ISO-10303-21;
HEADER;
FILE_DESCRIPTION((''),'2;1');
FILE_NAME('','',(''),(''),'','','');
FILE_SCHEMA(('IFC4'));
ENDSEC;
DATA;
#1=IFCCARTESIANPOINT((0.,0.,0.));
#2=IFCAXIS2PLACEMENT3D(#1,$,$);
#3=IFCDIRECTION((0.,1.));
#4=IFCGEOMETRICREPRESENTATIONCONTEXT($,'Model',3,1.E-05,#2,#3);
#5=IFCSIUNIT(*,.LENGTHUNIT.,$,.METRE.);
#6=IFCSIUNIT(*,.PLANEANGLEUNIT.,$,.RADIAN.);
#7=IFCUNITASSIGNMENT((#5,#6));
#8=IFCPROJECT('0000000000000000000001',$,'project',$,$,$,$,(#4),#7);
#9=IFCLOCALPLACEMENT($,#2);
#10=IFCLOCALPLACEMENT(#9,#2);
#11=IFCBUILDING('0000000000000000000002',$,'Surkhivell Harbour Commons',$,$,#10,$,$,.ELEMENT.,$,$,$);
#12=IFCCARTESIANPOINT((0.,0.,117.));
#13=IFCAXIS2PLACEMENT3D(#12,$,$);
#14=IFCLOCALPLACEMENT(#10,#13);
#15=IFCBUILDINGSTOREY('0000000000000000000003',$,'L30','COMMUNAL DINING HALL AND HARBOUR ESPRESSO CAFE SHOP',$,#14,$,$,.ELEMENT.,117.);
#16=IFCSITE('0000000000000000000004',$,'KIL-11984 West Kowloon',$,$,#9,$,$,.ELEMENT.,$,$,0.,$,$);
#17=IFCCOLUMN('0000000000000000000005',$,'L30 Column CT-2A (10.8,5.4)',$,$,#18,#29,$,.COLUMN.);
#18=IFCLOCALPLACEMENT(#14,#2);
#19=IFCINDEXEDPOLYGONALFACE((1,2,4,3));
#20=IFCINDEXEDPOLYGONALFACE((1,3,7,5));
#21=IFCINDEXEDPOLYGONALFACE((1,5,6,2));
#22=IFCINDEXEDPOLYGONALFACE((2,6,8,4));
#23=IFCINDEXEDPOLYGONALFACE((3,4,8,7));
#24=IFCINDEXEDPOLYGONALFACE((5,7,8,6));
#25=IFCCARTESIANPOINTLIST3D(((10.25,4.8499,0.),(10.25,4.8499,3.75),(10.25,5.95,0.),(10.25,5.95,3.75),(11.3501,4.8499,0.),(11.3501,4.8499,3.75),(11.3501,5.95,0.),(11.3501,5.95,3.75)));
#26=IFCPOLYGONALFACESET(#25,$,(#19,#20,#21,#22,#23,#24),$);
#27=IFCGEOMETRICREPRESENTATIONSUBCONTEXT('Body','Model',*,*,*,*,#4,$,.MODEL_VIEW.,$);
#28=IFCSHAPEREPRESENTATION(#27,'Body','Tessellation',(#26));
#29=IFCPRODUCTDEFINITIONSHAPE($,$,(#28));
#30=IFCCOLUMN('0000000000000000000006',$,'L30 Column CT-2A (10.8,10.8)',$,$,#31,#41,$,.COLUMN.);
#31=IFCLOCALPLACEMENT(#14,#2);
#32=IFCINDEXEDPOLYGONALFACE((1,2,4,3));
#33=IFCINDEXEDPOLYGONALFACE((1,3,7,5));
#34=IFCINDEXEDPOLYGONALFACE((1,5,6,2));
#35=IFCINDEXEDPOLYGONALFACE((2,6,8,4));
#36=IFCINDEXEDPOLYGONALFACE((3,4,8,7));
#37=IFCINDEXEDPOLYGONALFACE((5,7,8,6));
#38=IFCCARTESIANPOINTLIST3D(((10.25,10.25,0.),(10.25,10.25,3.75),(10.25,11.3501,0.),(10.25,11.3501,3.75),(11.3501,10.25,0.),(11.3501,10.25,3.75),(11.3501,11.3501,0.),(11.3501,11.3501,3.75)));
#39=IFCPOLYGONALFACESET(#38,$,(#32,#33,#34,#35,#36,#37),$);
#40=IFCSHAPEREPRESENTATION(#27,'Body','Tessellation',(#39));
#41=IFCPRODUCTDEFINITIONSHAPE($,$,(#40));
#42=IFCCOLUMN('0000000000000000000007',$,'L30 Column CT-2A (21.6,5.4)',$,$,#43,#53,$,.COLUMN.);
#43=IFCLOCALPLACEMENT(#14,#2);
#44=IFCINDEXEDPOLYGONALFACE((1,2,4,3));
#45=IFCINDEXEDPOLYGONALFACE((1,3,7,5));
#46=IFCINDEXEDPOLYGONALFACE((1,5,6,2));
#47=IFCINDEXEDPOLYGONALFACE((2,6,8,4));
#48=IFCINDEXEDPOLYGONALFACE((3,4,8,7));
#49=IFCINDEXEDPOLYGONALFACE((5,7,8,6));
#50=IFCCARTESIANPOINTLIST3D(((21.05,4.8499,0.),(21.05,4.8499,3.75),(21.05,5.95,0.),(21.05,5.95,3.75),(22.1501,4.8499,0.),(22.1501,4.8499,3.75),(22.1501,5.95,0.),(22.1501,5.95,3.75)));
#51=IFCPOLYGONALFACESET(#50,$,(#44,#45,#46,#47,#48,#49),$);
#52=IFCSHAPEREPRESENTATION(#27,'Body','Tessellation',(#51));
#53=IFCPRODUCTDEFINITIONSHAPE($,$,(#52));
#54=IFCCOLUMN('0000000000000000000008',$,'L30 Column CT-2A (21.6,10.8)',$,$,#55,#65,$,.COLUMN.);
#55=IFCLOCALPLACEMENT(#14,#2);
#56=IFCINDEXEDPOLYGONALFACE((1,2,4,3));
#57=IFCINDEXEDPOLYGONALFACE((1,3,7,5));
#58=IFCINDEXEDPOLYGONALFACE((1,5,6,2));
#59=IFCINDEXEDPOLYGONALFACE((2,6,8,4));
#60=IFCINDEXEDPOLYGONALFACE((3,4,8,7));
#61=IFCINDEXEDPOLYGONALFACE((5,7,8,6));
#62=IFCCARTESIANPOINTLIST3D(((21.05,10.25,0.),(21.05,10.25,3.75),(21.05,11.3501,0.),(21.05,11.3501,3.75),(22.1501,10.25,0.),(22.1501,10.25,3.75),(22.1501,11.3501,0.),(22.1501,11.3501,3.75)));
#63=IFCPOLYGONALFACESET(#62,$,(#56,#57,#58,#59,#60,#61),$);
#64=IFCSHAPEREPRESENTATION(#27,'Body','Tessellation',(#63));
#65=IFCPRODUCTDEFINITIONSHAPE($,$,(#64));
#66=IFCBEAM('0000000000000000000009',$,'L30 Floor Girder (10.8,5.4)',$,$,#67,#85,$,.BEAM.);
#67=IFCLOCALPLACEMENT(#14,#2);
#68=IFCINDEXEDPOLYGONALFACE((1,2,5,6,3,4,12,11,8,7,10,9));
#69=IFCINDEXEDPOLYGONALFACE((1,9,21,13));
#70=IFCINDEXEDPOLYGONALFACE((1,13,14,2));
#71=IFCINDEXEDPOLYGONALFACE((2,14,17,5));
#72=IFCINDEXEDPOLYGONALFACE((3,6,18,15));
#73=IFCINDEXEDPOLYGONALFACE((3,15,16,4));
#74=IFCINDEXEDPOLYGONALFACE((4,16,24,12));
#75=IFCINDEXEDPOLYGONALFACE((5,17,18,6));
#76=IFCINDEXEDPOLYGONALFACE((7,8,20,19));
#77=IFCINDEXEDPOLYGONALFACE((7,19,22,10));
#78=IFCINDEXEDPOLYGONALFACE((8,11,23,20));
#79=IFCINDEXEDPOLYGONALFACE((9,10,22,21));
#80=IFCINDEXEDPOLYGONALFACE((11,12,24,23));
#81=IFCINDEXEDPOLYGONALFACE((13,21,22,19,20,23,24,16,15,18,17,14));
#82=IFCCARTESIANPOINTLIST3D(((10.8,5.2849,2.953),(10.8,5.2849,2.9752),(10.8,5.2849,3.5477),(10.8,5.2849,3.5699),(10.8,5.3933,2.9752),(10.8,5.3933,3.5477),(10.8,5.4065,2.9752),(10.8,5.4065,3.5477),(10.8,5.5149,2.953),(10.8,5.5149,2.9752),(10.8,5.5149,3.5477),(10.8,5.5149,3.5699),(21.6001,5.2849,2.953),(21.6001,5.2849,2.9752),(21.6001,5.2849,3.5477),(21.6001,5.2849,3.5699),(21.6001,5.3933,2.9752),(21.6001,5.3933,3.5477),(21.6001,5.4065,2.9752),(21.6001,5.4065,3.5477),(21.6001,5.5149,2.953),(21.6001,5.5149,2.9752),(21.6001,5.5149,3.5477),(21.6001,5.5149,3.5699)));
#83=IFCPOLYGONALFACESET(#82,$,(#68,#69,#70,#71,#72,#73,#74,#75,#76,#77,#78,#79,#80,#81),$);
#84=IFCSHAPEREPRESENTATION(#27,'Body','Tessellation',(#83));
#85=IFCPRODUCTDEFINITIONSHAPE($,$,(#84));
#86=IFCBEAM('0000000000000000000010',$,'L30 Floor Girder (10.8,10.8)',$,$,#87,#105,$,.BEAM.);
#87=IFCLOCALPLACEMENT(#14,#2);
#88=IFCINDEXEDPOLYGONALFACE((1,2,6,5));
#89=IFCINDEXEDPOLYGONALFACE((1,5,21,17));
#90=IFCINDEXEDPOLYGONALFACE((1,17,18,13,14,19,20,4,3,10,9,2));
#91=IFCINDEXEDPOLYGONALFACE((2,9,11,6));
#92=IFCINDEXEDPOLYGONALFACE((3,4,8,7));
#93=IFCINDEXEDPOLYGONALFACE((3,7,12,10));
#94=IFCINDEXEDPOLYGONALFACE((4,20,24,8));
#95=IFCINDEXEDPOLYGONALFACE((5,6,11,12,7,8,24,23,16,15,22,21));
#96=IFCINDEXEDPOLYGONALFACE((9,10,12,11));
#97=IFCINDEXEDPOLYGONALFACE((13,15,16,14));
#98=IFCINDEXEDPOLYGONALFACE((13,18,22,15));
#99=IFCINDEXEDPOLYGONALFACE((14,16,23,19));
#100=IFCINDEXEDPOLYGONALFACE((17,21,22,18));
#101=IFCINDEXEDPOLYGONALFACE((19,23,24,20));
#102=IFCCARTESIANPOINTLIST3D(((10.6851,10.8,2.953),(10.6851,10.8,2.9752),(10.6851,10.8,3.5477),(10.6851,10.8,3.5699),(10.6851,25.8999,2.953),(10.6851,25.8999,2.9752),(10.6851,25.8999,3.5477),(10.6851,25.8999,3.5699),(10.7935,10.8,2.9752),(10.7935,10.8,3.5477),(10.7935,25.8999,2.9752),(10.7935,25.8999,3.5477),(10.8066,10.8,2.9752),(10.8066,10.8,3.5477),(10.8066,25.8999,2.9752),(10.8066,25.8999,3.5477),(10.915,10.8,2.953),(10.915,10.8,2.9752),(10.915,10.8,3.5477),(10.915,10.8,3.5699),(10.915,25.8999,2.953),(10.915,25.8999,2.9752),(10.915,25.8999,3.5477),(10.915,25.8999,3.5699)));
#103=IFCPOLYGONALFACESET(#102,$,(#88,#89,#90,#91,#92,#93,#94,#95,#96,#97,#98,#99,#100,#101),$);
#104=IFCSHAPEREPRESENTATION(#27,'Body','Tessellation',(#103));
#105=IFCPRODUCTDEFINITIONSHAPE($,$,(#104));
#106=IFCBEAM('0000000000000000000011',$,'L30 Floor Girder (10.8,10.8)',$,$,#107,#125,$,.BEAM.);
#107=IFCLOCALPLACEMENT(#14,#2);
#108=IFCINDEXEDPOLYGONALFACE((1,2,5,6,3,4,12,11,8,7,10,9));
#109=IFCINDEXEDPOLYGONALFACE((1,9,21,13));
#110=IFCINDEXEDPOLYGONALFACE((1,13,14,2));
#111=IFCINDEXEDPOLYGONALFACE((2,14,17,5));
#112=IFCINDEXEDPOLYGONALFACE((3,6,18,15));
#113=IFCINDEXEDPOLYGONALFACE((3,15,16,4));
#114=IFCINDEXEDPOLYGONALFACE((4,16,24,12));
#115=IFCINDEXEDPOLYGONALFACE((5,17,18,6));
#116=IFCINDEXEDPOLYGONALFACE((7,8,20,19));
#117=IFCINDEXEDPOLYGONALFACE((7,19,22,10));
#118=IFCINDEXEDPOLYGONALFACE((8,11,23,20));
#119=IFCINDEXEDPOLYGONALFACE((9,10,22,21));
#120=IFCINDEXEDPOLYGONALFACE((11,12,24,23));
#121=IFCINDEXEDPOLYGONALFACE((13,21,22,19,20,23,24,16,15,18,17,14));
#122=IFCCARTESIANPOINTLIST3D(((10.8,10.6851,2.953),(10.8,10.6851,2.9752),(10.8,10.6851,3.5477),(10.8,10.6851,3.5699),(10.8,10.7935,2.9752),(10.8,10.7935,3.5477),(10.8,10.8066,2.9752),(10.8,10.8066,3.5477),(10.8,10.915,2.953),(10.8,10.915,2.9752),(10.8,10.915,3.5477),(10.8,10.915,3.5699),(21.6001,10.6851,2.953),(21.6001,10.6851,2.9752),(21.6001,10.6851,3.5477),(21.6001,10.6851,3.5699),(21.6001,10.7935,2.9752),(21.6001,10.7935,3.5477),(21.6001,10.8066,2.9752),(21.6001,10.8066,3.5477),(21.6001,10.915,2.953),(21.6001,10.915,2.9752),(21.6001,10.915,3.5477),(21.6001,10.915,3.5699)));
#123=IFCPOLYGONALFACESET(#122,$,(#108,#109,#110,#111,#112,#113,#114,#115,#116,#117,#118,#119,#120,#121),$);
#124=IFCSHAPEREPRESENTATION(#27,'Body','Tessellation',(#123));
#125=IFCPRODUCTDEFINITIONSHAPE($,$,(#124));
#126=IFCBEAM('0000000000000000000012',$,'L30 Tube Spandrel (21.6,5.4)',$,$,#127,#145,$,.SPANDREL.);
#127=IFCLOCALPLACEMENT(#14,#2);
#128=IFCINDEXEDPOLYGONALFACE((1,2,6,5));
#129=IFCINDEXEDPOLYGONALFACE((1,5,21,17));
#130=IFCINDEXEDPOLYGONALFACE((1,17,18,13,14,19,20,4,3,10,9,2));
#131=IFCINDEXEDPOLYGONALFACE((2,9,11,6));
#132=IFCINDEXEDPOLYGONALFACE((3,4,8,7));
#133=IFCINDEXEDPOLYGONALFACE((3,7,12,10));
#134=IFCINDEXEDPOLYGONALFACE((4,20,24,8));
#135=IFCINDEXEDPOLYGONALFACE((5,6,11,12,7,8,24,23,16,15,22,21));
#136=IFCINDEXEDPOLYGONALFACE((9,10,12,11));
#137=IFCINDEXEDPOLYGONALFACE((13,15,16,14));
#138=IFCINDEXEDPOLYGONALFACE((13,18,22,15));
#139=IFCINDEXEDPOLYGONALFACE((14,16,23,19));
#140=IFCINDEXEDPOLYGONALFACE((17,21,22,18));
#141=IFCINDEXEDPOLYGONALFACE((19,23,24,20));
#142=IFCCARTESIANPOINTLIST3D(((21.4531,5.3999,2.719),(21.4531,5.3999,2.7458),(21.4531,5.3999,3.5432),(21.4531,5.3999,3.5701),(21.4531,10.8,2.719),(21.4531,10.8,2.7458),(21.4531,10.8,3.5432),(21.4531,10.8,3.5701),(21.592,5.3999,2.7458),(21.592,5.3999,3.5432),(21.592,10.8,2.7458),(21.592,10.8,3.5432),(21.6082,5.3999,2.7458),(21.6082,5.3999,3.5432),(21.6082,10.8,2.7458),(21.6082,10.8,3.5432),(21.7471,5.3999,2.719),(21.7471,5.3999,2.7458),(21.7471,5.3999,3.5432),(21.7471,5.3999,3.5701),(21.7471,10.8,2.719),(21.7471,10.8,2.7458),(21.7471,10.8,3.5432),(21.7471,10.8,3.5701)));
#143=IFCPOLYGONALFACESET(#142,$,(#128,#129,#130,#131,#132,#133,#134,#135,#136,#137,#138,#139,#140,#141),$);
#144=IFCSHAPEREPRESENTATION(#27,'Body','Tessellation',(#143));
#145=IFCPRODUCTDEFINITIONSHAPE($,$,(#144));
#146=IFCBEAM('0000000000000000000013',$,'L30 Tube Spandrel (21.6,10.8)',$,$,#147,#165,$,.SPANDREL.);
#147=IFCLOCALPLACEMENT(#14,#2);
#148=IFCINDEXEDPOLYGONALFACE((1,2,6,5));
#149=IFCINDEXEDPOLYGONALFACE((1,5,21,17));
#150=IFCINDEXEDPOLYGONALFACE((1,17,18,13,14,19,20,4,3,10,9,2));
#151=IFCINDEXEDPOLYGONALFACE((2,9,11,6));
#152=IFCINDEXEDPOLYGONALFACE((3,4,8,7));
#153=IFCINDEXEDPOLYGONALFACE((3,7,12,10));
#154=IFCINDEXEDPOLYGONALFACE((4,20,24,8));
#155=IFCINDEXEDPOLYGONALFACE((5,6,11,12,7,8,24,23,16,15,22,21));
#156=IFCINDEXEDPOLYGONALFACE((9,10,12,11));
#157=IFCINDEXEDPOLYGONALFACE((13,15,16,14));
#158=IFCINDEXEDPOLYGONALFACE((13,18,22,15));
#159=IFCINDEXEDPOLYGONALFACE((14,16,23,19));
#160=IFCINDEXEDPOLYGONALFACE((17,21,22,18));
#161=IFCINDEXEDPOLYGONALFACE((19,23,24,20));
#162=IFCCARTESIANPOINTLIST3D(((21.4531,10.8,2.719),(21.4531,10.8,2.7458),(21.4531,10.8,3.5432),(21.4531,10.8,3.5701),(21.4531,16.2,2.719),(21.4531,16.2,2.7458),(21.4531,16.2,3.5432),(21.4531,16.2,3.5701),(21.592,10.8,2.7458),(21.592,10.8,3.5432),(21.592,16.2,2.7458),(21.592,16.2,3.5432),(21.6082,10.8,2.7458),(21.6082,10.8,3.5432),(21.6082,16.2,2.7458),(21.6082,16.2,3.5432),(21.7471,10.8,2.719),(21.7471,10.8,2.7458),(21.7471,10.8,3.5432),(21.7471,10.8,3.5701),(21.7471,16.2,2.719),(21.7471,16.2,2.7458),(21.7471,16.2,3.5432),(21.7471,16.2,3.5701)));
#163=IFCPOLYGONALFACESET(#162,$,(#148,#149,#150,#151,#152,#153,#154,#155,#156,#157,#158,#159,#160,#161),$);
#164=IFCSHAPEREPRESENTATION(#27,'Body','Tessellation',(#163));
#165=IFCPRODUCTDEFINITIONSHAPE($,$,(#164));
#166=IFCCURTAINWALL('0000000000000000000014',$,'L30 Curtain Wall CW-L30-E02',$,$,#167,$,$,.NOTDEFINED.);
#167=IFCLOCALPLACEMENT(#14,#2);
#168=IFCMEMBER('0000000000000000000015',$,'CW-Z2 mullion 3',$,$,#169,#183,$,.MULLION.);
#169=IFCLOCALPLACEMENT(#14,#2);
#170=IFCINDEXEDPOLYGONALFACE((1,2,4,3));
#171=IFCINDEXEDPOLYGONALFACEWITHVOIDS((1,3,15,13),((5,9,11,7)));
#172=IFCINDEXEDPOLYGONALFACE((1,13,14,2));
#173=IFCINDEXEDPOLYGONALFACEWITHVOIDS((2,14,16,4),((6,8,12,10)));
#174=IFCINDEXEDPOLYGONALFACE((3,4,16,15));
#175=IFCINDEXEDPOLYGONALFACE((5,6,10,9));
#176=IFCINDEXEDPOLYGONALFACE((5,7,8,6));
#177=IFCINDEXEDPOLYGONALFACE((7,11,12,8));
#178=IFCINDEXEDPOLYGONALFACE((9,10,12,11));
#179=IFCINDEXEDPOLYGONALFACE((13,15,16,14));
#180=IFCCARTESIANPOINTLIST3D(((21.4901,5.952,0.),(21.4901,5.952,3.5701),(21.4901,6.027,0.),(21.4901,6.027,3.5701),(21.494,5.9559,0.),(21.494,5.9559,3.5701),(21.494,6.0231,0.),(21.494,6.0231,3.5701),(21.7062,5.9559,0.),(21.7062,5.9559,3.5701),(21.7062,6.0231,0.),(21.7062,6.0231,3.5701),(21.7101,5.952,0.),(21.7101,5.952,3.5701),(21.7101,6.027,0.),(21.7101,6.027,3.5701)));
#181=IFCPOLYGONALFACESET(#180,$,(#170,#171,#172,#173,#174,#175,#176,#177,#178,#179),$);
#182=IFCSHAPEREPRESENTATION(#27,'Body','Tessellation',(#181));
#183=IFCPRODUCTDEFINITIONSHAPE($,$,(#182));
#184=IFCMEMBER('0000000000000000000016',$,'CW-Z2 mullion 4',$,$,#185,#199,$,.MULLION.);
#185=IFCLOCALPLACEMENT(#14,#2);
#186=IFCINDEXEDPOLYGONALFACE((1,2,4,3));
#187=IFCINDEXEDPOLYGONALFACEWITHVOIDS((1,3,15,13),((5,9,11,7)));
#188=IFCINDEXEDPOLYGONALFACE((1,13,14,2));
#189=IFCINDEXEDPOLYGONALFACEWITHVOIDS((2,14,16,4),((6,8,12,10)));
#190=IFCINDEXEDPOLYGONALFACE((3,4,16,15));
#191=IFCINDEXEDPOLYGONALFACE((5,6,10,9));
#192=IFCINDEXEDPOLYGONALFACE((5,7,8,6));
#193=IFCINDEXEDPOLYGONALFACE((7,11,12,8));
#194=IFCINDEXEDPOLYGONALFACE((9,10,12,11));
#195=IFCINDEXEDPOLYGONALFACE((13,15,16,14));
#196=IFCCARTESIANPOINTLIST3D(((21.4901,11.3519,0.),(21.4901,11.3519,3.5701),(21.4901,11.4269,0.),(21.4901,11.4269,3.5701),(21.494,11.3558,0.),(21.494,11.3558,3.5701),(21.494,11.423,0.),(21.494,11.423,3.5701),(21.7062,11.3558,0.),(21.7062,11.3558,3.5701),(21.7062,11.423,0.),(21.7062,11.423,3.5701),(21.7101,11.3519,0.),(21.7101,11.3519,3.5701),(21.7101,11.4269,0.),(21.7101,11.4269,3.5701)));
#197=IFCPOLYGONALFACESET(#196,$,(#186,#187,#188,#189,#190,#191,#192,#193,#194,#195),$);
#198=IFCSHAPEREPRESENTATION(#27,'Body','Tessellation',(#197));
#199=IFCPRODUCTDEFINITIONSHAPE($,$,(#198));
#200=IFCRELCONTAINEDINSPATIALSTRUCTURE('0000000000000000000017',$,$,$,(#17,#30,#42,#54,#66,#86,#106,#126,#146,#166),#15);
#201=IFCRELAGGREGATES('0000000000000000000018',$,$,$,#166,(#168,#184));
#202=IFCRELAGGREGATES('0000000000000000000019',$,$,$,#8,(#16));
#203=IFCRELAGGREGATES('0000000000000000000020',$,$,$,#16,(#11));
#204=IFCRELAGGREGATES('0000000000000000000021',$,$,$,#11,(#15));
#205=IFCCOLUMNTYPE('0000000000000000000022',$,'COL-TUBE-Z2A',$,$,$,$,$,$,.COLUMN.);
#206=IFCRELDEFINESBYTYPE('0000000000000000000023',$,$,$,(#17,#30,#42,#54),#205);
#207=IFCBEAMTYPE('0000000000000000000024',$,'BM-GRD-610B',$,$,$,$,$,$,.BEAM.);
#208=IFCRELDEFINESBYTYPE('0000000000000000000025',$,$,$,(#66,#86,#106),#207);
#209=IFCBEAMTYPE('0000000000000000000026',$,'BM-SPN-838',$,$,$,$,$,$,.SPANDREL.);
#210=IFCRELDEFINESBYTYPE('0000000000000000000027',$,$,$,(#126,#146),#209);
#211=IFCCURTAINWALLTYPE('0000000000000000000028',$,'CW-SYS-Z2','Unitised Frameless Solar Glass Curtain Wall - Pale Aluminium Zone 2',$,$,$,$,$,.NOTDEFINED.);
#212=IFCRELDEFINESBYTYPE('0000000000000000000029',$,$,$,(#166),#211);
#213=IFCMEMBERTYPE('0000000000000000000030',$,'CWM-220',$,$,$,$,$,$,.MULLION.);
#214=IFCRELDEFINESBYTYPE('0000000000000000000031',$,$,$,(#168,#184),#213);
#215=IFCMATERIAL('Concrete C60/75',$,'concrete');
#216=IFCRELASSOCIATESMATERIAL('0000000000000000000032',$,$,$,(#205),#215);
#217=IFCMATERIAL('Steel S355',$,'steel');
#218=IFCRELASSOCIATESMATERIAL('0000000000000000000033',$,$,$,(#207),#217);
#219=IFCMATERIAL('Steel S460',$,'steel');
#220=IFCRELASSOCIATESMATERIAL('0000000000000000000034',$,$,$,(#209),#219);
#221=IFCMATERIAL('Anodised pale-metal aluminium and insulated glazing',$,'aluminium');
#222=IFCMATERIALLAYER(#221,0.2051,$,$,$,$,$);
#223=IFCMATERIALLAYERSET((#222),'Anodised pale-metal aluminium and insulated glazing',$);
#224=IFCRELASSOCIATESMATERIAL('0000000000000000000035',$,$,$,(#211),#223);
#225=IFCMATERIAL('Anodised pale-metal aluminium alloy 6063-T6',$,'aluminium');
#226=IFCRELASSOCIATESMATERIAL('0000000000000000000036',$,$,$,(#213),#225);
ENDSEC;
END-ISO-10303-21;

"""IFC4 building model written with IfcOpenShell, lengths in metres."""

from ifc_helpers import new_model, si_unit, direction, frame, origin, origin_2d, place, context, subcontext, project, spatial, rectangle, hollow_rectangle, i_section, extrude, material, layer, layer_set, material_profile, profile_set, type_object, element, aggregate, save


model = new_model("IFC4")

# Units and contexts
model_context = context("Model", 3, precision=1e-05, world=origin(), true_north=direction((0.0, 1.0)))
body_context = subcontext(model_context, "Body", "Model", "MODEL_VIEW")
ifc_project = project(units=[si_unit("LENGTHUNIT", "METRE"), si_unit("PLANEANGLEUNIT", "RADIAN")], contexts=[model_context])

# Site, building, storey
site_placement = place(None, origin())
site = spatial("IfcSite", under=ifc_project, at=site_placement, Name="KIL-11984 West Kowloon", CompositionType="ELEMENT", RefElevation=0.0)
building_placement = place(site_placement, origin())
building = spatial("IfcBuilding", under=site, at=building_placement, Name="Surkhivell Harbour Commons", CompositionType="ELEMENT")
storey_placement = place(building_placement, frame((0.0, 0.0, 117.0)))
storey = spatial("IfcBuildingStorey", under=building, at=storey_placement, Name="L30", Description="COMMUNAL DINING HALL AND HARBOUR ESPRESSO CAFE SHOP", CompositionType="ELEMENT", Elevation=117.0)

# Columns
ifc_material_1 = material(Name="Concrete C60/75", Category="concrete")
ifc_material_profile_1 = material_profile(ifc_material_1, rectangle(XDim=1.1001, YDim=1.1001, at=origin_2d()), Name="RC-COL-1100x1100")
ifc_profile_set_1 = profile_set([ifc_material_profile_1], Name="Concrete C60/75")
column_type = type_object("IfcColumnType", Name="COL-TUBE-Z2A", PredefinedType="COLUMN", material=ifc_profile_set_1)
for number, where, z_axis, x_axis, name in (
    (1, (10.8, 5.3999, 0.0), (0.0, 0.0, 1.0), (1.0, 0.0, 0.0), "L30 Column CT-2A (10.8,5.4)"),
    (2, (10.8, 10.8, 0.0), (0.0, 0.0, 1.0), (1.0, 0.0, 0.0), "L30 Column CT-2A (10.8,10.8)"),
    (3, (21.6001, 5.3999, 0.0), (0.0, 0.0, 1.0), (1.0, 0.0, 0.0), "L30 Column CT-2A (21.6,5.4)"),
    (4, (21.6001, 10.8, 0.0), (0.0, 0.0, 1.0), (1.0, 0.0, 0.0), "L30 Column CT-2A (21.6,10.8)"),
):
    element("IfcColumn", number, at=place(storey_placement, frame(where, z_axis=z_axis, x_axis=x_axis)), inside=storey, type_object=column_type, Name=name, PredefinedType="COLUMN", context=body_context, shape_type="SweptSolid", body=[
        extrude(rectangle(XDim=1.1001, YDim=1.1001, at=origin_2d()), origin(), (0.0, 0.0, 1.0), 3.75),
    ])

# Beams
ifc_material_2 = material(Name="Steel S355", Category="steel")
ifc_material_profile_2 = material_profile(ifc_material_2, i_section(OverallWidth=0.23, OverallDepth=0.6169, WebThickness=0.0132, FlangeThickness=0.0222, at=origin_2d()), Name="UB610x229x140")
ifc_profile_set_2 = profile_set([ifc_material_profile_2], Name="Steel S355")
beam_type_1 = type_object("IfcBeamType", Name="BM-GRD-610B", PredefinedType="BEAM", material=ifc_profile_set_2)
beam_1_placement = place(storey_placement, frame((10.8, 5.3999, 3.2615), z_axis=(1.0, 0.0, 0.0), x_axis=(0.0, 1.0, 0.0)))
element("IfcBeam", 5, at=beam_1_placement, inside=storey, type_object=beam_type_1, Name="L30 Floor Girder (10.8,5.4)", PredefinedType="BEAM", context=body_context, shape_type="SweptSolid", body=[
    extrude(i_section(OverallWidth=0.23, OverallDepth=0.6169, WebThickness=0.0132, FlangeThickness=0.0222, at=origin_2d()), origin(), (0.0, 0.0, 1.0), 10.8),
])
beam_2_placement = place(storey_placement, frame((10.8, 10.8, 3.2615), z_axis=(0.0, 1.0, 0.0), x_axis=(-1.0, 0.0, 0.0)))
element("IfcBeam", 6, at=beam_2_placement, inside=storey, type_object=beam_type_1, Name="L30 Floor Girder (10.8,10.8)", PredefinedType="BEAM", context=body_context, shape_type="SweptSolid", body=[
    extrude(i_section(OverallWidth=0.23, OverallDepth=0.6169, WebThickness=0.0132, FlangeThickness=0.0222, at=origin_2d()), origin(), (0.0, 0.0, 1.0), 15.0999),
])
beam_3_placement = place(storey_placement, frame((10.8, 10.8, 3.2615), z_axis=(1.0, 0.0, 0.0), x_axis=(0.0, 1.0, 0.0)))
element("IfcBeam", 7, at=beam_3_placement, inside=storey, type_object=beam_type_1, Name="L30 Floor Girder (10.8,10.8)", PredefinedType="BEAM", context=body_context, shape_type="SweptSolid", body=[
    extrude(i_section(OverallWidth=0.23, OverallDepth=0.6169, WebThickness=0.0132, FlangeThickness=0.0222, at=origin_2d()), origin(), (0.0, 0.0, 1.0), 10.8),
])
ifc_material_3 = material(Name="Steel S460", Category="steel")
ifc_material_profile_3 = material_profile(ifc_material_3, i_section(OverallWidth=0.2939, OverallDepth=0.8511, WebThickness=0.0161, FlangeThickness=0.0269, at=origin_2d()), Name="UB838x292x226")
ifc_profile_set_3 = profile_set([ifc_material_profile_3], Name="Steel S460")
beam_type_2 = type_object("IfcBeamType", Name="BM-SPN-838", PredefinedType="SPANDREL", material=ifc_profile_set_3)
beam_4_placement = place(storey_placement, frame((21.6001, 5.3999, 3.1445), z_axis=(0.0, 1.0, 0.0), x_axis=(-1.0, 0.0, 0.0)))
element("IfcBeam", 8, at=beam_4_placement, inside=storey, type_object=beam_type_2, Name="L30 Tube Spandrel (21.6,5.4)", PredefinedType="SPANDREL", context=body_context, shape_type="SweptSolid", body=[
    extrude(i_section(OverallWidth=0.2939, OverallDepth=0.8511, WebThickness=0.0161, FlangeThickness=0.0269, at=origin_2d()), origin(), (0.0, 0.0, 1.0), 5.4001),
])
beam_5_placement = place(storey_placement, frame((21.6001, 10.8, 3.1445), z_axis=(0.0, 1.0, 0.0), x_axis=(-1.0, 0.0, 0.0)))
element("IfcBeam", 9, at=beam_5_placement, inside=storey, type_object=beam_type_2, Name="L30 Tube Spandrel (21.6,10.8)", PredefinedType="SPANDREL", context=body_context, shape_type="SweptSolid", body=[
    extrude(i_section(OverallWidth=0.2939, OverallDepth=0.8511, WebThickness=0.0161, FlangeThickness=0.0269, at=origin_2d()), origin(), (0.0, 0.0, 1.0), 5.3999),
])

# Curtain wall, members
ifc_material_4 = material(Name="Anodised pale-metal aluminium and insulated glazing", Category="aluminium")
ifc_layer_1 = layer(ifc_material_4, 0.2051)
ifc_layer_set_1 = layer_set([ifc_layer_1], Name="Anodised pale-metal aluminium and insulated glazing")
curtain_wall_type = type_object("IfcCurtainWallType", Name="CW-SYS-Z2", Description="Unitised Frameless Solar Glass Curtain Wall - Pale Aluminium Zone 2", PredefinedType="NOTDEFINED", material=ifc_layer_set_1)
curtain_wall_placement = place(storey_placement, origin())
curtain_wall = element("IfcCurtainWall", 10, at=curtain_wall_placement, inside=storey, type_object=curtain_wall_type, Name="L30 Curtain Wall CW-L30-E02", PredefinedType="NOTDEFINED")
ifc_material_5 = material(Name="Anodised pale-metal aluminium alloy 6063-T6", Category="aluminium")
ifc_material_profile_4 = material_profile(ifc_material_5, hollow_rectangle(XDim=0.075, YDim=0.22, WallThickness=0.0039, at=origin_2d()), Name="ALU-MULL-75x220")
ifc_profile_set_4 = profile_set([ifc_material_profile_4], Name="Anodised pale-metal aluminium alloy 6063-T6")
member_type_1 = type_object("IfcMemberType", Name="CWM-220", PredefinedType="MULLION", material=ifc_profile_set_4)
member_1_placement = place(storey_placement, frame((21.6001, 5.9895, 0.0), z_axis=(0.0, 0.0, 1.0), x_axis=(0.0, 1.0, 0.0)))
member_1 = element("IfcMember", 11, at=member_1_placement, type_object=member_type_1, Name="CW-Z2 mullion 3", PredefinedType="MULLION", context=body_context, shape_type="SweptSolid", body=[
    extrude(hollow_rectangle(XDim=0.075, YDim=0.22, WallThickness=0.0039, at=origin_2d()), origin(), (0.0, 0.0, 1.0), 3.5701),
])
member_2_placement = place(storey_placement, frame((21.6001, 11.3894, 0.0), z_axis=(0.0, 0.0, 1.0), x_axis=(0.0, 1.0, 0.0)))
member_2 = element("IfcMember", 12, at=member_2_placement, type_object=member_type_1, Name="CW-Z2 mullion 4", PredefinedType="MULLION", context=body_context, shape_type="SweptSolid", body=[
    extrude(hollow_rectangle(XDim=0.075, YDim=0.22, WallThickness=0.0039, at=origin_2d()), origin(), (0.0, 0.0, 1.0), 3.5701),
])
aggregate(curtain_wall, [member_1, member_2])

save(model, "model.ifc")
